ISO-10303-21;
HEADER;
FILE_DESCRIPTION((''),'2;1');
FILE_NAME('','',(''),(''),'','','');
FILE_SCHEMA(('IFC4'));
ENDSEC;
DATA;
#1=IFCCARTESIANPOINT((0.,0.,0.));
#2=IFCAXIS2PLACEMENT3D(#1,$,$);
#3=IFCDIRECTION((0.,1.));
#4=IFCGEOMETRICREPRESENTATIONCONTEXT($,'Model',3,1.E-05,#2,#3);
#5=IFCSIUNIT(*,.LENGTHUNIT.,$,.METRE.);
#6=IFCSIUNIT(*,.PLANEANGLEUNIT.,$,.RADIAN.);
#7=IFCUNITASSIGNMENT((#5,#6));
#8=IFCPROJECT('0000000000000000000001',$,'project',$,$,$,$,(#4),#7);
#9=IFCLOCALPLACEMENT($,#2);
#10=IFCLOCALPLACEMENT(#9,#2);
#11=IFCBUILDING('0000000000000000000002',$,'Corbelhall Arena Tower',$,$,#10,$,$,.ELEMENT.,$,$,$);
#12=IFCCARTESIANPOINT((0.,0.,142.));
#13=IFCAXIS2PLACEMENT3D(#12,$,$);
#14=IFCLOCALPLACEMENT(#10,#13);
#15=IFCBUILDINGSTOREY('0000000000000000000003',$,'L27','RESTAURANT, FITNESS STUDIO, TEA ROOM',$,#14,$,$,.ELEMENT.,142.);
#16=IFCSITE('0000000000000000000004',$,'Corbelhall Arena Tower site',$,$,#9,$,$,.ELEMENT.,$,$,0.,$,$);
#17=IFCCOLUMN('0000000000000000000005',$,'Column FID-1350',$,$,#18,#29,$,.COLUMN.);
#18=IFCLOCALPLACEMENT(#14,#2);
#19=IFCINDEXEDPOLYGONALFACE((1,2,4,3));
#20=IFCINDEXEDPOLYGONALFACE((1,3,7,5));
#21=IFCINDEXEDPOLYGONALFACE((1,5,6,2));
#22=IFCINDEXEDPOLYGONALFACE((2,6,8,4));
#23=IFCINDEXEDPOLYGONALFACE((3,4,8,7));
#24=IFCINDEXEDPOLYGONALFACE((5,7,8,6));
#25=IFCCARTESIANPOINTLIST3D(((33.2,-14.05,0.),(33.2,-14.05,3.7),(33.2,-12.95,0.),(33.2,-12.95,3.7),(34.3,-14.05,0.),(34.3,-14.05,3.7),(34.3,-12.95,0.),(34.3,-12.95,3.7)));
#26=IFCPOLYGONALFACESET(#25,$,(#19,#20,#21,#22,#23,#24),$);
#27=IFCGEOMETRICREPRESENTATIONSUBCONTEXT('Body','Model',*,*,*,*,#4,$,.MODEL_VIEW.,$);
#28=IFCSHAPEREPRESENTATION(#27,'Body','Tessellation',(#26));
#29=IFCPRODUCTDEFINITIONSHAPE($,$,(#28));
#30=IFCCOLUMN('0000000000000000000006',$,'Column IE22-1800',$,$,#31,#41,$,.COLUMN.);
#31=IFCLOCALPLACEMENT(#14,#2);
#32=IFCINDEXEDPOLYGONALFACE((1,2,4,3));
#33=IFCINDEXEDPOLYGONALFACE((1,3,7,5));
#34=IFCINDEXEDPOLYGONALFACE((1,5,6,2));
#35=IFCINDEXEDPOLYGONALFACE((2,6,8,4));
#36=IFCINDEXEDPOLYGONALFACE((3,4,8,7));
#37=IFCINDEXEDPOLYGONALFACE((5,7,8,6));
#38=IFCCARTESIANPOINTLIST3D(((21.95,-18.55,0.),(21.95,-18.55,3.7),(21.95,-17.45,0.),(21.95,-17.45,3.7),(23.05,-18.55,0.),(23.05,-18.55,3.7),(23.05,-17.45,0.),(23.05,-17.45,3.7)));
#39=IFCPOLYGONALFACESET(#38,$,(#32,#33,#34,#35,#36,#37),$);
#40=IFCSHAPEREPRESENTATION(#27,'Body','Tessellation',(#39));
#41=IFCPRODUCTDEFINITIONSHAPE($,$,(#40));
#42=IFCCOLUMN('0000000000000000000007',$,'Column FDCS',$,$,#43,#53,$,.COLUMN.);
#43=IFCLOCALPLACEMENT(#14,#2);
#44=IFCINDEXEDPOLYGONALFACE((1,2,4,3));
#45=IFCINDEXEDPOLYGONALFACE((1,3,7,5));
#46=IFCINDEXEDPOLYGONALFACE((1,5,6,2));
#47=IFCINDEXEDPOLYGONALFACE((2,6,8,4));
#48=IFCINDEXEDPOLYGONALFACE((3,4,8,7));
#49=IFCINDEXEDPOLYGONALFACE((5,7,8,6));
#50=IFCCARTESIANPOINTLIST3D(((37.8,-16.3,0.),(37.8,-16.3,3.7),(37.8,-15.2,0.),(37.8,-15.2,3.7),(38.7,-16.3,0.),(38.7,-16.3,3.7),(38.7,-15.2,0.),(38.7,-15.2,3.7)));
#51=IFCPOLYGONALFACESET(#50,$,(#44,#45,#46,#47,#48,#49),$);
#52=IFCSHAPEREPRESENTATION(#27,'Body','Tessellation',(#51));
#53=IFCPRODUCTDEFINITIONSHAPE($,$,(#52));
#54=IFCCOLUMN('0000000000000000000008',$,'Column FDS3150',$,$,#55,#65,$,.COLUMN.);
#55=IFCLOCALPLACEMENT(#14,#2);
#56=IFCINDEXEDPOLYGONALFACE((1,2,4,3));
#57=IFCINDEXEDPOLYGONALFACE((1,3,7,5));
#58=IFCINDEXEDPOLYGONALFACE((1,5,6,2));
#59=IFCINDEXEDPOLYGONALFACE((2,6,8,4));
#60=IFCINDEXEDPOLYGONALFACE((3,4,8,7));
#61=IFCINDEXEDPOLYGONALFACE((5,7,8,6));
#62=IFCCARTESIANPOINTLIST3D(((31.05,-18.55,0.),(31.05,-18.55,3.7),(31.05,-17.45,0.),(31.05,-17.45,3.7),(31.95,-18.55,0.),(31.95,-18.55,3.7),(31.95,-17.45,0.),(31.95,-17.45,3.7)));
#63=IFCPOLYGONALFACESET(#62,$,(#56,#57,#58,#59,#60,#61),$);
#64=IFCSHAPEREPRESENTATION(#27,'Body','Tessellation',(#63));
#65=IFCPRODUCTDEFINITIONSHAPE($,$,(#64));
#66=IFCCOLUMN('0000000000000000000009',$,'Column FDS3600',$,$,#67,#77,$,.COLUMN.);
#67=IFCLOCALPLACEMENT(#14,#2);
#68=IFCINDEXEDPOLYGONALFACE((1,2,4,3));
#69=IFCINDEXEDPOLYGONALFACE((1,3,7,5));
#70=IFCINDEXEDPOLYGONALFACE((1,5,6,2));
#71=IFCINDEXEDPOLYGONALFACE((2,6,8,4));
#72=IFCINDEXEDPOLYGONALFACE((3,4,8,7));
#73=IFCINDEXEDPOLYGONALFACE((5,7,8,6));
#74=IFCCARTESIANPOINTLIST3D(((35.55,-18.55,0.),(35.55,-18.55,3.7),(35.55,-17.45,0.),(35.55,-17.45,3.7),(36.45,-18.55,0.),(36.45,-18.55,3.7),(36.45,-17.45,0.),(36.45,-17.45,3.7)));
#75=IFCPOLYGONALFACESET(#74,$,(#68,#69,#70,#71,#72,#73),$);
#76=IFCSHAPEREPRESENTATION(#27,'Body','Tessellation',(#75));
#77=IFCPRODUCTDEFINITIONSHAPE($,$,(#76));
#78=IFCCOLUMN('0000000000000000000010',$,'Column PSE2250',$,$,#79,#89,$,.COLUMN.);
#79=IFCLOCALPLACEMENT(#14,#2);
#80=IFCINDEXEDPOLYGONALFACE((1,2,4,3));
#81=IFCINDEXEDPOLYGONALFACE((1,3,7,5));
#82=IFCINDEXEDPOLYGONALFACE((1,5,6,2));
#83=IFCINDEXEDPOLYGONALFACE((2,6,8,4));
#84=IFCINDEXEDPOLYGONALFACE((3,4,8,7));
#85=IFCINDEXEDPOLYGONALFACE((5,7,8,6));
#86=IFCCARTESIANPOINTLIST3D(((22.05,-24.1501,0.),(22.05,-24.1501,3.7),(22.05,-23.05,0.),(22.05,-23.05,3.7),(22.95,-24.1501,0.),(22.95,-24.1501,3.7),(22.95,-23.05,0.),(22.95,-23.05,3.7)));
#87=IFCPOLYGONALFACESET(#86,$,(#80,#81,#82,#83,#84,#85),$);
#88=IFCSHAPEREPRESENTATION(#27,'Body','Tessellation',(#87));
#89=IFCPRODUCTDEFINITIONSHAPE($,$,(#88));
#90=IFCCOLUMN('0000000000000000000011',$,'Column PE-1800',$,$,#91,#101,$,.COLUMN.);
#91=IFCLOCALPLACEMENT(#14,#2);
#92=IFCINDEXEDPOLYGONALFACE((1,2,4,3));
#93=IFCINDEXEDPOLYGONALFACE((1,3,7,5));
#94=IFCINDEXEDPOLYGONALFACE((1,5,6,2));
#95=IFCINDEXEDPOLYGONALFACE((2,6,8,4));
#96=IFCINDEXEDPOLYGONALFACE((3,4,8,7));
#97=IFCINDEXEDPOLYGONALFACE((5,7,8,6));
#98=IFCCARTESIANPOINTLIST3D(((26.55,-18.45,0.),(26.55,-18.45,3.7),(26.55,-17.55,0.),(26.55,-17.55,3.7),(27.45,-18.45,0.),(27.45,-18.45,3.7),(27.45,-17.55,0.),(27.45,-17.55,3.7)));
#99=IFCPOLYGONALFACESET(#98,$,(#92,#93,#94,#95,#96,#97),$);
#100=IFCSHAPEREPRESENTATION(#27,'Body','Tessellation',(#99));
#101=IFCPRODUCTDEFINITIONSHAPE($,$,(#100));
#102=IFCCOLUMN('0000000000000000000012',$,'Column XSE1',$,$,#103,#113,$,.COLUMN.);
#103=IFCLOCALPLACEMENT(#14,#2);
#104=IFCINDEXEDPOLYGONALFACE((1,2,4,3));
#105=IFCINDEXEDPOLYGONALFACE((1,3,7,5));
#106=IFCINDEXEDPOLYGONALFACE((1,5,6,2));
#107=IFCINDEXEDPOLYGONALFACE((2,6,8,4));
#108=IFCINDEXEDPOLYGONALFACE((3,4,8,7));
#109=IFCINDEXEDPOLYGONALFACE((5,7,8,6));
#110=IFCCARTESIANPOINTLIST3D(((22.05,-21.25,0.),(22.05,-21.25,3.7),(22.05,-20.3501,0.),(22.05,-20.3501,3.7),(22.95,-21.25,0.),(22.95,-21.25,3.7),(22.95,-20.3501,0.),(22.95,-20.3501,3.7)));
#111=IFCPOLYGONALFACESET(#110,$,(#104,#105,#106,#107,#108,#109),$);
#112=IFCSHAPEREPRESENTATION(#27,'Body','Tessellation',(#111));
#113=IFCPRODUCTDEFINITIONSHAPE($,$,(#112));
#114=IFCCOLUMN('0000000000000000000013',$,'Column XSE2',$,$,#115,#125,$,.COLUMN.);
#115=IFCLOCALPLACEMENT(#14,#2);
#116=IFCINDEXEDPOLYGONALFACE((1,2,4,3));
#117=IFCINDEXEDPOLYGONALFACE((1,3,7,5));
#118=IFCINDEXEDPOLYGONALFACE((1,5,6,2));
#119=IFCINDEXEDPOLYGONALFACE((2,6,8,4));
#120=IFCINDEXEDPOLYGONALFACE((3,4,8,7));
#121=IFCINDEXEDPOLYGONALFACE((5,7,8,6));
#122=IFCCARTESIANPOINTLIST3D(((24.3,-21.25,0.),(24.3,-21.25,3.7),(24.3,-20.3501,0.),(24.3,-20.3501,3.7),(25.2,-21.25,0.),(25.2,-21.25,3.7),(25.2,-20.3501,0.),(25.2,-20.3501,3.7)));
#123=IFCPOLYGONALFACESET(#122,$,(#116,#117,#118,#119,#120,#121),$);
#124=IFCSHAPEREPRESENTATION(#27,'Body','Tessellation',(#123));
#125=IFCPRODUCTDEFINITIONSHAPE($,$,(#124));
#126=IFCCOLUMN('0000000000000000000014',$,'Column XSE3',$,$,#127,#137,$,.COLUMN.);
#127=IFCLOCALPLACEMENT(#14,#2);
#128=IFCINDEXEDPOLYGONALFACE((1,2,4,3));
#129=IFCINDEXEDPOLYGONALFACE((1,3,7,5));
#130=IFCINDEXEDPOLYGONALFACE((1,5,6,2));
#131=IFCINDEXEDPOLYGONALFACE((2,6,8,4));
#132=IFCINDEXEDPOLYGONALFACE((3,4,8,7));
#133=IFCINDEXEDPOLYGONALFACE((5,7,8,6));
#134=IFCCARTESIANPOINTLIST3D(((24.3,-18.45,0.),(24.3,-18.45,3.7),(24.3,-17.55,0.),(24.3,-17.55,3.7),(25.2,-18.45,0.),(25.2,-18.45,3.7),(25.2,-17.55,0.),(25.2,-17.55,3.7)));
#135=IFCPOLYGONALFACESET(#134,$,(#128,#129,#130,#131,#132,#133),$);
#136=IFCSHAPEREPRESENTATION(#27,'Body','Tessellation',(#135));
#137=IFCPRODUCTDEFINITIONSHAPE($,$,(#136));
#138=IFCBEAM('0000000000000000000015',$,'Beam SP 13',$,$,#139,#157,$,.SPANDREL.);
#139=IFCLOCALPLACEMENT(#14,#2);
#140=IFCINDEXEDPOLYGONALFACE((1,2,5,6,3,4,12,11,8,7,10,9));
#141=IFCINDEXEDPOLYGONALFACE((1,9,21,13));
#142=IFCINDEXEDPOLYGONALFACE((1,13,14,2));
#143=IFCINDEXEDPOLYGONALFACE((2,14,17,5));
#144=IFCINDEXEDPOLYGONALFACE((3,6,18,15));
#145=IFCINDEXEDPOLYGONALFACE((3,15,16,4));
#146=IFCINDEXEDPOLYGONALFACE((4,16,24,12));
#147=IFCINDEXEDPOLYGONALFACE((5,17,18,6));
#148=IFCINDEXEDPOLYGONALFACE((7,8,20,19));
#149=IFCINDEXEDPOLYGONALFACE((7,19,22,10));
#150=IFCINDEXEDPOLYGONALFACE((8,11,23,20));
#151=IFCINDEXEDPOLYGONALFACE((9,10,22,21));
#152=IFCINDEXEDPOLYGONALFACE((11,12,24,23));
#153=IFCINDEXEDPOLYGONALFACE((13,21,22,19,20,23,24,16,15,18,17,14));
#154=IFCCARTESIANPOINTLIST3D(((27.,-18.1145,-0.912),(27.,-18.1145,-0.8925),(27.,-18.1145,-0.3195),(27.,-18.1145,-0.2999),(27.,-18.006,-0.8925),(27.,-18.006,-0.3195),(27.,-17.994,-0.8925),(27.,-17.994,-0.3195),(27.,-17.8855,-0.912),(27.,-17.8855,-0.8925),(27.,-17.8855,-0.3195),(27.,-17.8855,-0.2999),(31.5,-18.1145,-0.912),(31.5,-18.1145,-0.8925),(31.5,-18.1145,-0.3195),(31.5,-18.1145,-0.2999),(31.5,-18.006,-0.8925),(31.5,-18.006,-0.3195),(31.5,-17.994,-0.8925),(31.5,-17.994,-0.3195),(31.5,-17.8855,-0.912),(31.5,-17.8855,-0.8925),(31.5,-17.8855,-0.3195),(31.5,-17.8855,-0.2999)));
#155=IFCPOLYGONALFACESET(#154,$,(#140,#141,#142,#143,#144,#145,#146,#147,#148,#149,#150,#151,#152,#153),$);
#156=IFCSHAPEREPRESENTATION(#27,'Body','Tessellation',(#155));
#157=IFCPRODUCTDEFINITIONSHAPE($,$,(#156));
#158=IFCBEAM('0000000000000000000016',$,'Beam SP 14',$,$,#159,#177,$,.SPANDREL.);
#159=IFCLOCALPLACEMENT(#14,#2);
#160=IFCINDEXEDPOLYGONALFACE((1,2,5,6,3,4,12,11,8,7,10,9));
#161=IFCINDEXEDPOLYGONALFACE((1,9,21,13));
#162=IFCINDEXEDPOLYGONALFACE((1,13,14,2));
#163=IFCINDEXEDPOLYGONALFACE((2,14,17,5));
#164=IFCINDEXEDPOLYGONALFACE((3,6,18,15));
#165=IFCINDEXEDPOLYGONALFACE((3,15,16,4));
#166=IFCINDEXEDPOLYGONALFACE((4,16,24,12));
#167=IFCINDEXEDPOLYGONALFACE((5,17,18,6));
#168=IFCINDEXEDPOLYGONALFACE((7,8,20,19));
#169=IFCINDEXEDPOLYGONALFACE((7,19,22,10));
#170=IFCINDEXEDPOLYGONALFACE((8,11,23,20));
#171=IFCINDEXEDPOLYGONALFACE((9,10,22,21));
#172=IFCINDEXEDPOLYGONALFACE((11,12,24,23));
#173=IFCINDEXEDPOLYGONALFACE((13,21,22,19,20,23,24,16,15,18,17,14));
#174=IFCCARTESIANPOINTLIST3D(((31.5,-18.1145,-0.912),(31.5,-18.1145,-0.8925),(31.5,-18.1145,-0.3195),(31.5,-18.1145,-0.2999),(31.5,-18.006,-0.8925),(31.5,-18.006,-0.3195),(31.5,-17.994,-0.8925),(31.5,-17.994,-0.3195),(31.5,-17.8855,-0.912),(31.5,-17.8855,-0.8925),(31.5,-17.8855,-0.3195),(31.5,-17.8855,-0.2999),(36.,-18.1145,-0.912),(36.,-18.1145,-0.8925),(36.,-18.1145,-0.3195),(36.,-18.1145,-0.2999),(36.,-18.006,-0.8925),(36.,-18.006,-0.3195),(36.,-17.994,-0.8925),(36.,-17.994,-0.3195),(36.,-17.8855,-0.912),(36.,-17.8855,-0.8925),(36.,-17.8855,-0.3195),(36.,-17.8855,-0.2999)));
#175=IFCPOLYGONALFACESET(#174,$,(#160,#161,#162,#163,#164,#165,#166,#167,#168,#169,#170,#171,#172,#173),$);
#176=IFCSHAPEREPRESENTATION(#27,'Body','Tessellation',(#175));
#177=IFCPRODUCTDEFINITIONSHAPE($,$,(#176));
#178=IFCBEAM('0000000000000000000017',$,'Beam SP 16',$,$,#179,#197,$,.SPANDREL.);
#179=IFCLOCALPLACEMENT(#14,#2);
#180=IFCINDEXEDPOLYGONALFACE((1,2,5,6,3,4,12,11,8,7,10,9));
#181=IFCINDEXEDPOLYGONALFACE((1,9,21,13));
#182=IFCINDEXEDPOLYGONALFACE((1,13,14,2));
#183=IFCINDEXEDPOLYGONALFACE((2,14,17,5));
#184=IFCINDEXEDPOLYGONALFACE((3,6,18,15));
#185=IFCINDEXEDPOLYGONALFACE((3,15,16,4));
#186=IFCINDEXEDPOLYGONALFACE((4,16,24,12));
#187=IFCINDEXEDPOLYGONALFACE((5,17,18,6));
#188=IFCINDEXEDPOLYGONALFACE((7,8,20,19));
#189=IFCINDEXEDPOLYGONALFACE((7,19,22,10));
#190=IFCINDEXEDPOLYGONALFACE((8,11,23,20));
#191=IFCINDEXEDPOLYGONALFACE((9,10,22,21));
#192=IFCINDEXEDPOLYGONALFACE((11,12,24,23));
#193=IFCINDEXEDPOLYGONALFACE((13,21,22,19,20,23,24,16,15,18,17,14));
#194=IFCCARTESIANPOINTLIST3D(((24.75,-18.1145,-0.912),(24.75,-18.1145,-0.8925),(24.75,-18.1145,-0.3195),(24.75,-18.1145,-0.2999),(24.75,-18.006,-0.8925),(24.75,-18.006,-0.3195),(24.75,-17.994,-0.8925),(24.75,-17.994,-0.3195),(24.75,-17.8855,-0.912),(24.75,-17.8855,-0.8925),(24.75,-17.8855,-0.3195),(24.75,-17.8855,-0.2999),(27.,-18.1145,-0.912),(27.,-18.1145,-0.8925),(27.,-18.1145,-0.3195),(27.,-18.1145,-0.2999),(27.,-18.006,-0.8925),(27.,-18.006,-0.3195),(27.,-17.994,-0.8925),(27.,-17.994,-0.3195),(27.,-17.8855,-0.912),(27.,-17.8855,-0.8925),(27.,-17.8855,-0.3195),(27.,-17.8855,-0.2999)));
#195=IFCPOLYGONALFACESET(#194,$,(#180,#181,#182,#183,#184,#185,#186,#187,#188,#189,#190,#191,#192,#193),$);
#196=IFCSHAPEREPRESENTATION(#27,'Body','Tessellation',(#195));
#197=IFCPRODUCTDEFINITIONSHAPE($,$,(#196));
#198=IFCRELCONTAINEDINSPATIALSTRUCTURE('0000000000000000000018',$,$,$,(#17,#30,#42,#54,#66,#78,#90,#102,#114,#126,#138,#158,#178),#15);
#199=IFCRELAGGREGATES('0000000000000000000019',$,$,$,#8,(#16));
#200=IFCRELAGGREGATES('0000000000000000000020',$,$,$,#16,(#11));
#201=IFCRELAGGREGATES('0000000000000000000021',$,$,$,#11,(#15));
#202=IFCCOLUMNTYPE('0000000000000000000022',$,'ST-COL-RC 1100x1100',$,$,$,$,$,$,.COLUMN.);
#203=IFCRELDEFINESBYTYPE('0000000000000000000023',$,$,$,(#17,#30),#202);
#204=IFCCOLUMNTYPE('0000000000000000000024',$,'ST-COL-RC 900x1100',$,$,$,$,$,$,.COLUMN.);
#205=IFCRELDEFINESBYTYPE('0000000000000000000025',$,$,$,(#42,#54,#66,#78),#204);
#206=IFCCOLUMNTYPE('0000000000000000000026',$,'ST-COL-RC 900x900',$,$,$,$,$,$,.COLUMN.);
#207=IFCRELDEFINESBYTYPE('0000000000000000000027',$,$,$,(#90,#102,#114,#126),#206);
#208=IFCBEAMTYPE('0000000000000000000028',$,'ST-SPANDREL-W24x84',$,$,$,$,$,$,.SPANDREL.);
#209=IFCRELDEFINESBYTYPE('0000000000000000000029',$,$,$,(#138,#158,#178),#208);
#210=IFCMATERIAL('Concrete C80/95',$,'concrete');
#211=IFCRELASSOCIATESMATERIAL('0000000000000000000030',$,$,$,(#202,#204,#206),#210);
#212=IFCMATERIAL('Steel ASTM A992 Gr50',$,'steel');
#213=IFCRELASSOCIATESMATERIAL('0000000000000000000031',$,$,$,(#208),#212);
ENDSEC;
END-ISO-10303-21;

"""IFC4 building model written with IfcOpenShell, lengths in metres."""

from ifc_helpers import new_model, si_unit, direction, frame, origin, origin_2d, place, context, subcontext, project, spatial, rectangle, i_section, extrude, material, material_profile, profile_set, type_object, element, save


model = new_model("IFC4")

# Units and contexts
model_context = context("Model", 3, precision=1e-05, world=origin(), true_north=direction((0.0, 1.0)))
body_context = subcontext(model_context, "Body", "Model", "MODEL_VIEW")
ifc_project = project(units=[si_unit("LENGTHUNIT", "METRE"), si_unit("PLANEANGLEUNIT", "RADIAN")], contexts=[model_context])

# Site, building, storey
site_placement = place(None, origin())
site = spatial("IfcSite", under=ifc_project, at=site_placement, Name="Corbelhall Arena Tower site", CompositionType="ELEMENT", RefElevation=0.0)
building_placement = place(site_placement, origin())
building = spatial("IfcBuilding", under=site, at=building_placement, Name="Corbelhall Arena Tower", CompositionType="ELEMENT")
storey_placement = place(building_placement, frame((0.0, 0.0, 142.0)))
storey = spatial("IfcBuildingStorey", under=building, at=storey_placement, Name="L27", Description="RESTAURANT, FITNESS STUDIO, TEA ROOM", CompositionType="ELEMENT", Elevation=142.0)

# Columns
ifc_material_1 = material(Name="Concrete C80/95", Category="concrete")
ifc_material_profile_1 = material_profile(ifc_material_1, rectangle(XDim=1.1001, YDim=1.1001, at=origin_2d()))
ifc_profile_set_1 = profile_set([ifc_material_profile_1], Name="Concrete C80/95")
column_type_1 = type_object("IfcColumnType", Name="ST-COL-RC 1100x1100", PredefinedType="COLUMN", material=ifc_profile_set_1)
for number, where, z_axis, x_axis, name in (
    (1, (33.75, -13.5, 0.0), (0.0, 0.0, 1.0), (1.0, 0.0, 0.0), "Column FID-1350"),
    (2, (22.5, -18.0, 0.0), (0.0, 0.0, 1.0), (1.0, 0.0, 0.0), "Column IE22-1800"),
):
    element("IfcColumn", number, at=place(storey_placement, frame(where, z_axis=z_axis, x_axis=x_axis)), inside=storey, type_object=column_type_1, Name=name, PredefinedType="COLUMN", context=body_context, shape_type="SweptSolid", body=[
        extrude(rectangle(XDim=1.1001, YDim=1.1001, at=origin_2d()), origin(), (0.0, 0.0, 1.0), 3.7),
    ])
ifc_material_profile_2 = material_profile(ifc_material_1, rectangle(XDim=0.8999, YDim=1.1001, at=origin_2d()))
ifc_profile_set_2 = profile_set([ifc_material_profile_2], Name="Concrete C80/95")
column_type_2 = type_object("IfcColumnType", Name="ST-COL-RC 900x1100", PredefinedType="COLUMN", material=ifc_profile_set_2)
for number, where, z_axis, x_axis, name in (
    (3, (38.25, -15.75, 0.0), (0.0, 0.0, 1.0), (1.0, 0.0, 0.0), "Column FDCS"),
    (4, (31.5, -18.0, 0.0), (0.0, 0.0, 1.0), (1.0, 0.0, 0.0), "Column FDS3150"),
    (5, (36.0, -18.0, 0.0), (0.0, 0.0, 1.0), (1.0, 0.0, 0.0), "Column FDS3600"),
    (6, (22.5, -23.6001, 0.0), (0.0, 0.0, 1.0), (1.0, 0.0, 0.0), "Column PSE2250"),
):
    element("IfcColumn", number, at=place(storey_placement, frame(where, z_axis=z_axis, x_axis=x_axis)), inside=storey, type_object=column_type_2, Name=name, PredefinedType="COLUMN", context=body_context, shape_type="SweptSolid", body=[
        extrude(rectangle(XDim=0.8999, YDim=1.1001, at=origin_2d()), origin(), (0.0, 0.0, 1.0), 3.7),
    ])
ifc_material_profile_3 = material_profile(ifc_material_1, rectangle(XDim=0.8999, YDim=0.8999, at=origin_2d()))
ifc_profile_set_3 = profile_set([ifc_material_profile_3], Name="Concrete C80/95")
column_type_3 = type_object("IfcColumnType", Name="ST-COL-RC 900x900", PredefinedType="COLUMN", material=ifc_profile_set_3)
for number, where, z_axis, x_axis, name in (
    (7, (27.0, -18.0, 0.0), (0.0, 0.0, 1.0), (1.0, 0.0, 0.0), "Column PE-1800"),
    (8, (22.5, -20.8, 0.0), (0.0, 0.0, 1.0), (1.0, 0.0, 0.0), "Column XSE1"),
    (9, (24.75, -20.8, 0.0), (0.0, 0.0, 1.0), (1.0, 0.0, 0.0), "Column XSE2"),
    (10, (24.75, -18.0, 0.0), (0.0, 0.0, 1.0), (1.0, 0.0, 0.0), "Column XSE3"),
):
    element("IfcColumn", number, at=place(storey_placement, frame(where, z_axis=z_axis, x_axis=x_axis)), inside=storey, type_object=column_type_3, Name=name, PredefinedType="COLUMN", context=body_context, shape_type="SweptSolid", body=[
        extrude(rectangle(XDim=0.8999, YDim=0.8999, at=origin_2d()), origin(), (0.0, 0.0, 1.0), 3.7),
    ])

# Beams
ifc_material_2 = material(Name="Steel ASTM A992 Gr50", Category="steel")
ifc_material_profile_4 = material_profile(ifc_material_2, i_section(OverallWidth=0.229, OverallDepth=0.6121, WebThickness=0.012, FlangeThickness=0.0195, at=origin_2d()))
ifc_profile_set_4 = profile_set([ifc_material_profile_4], Name="Steel ASTM A992 Gr50")
beam_type = type_object("IfcBeamType", Name="ST-SPANDREL-W24x84", PredefinedType="SPANDREL", material=ifc_profile_set_4)
for number, where, z_axis, x_axis, name in (
    (11, (31.5, -18.0, -0.606), (-1.0, 0.0, 0.0), (0.0, -1.0, 0.0), "Beam SP 13"),
    (12, (36.0, -18.0, -0.606), (-1.0, 0.0, 0.0), (0.0, -1.0, 0.0), "Beam SP 14"),
):
    element("IfcBeam", number, at=place(storey_placement, frame(where, z_axis=z_axis, x_axis=x_axis)), inside=storey, type_object=beam_type, Name=name, PredefinedType="SPANDREL", context=body_context, shape_type="SweptSolid", body=[
        extrude(i_section(OverallWidth=0.229, OverallDepth=0.6121, WebThickness=0.012, FlangeThickness=0.0195, at=origin_2d()), origin(), (0.0, 0.0, 1.0), 4.5),
    ])
beam_1_placement = place(storey_placement, frame((27.0, -18.0, -0.606), z_axis=(-1.0, 0.0, 0.0), x_axis=(0.0, -1.0, 0.0)))
element("IfcBeam", 13, at=beam_1_placement, inside=storey, type_object=beam_type, Name="Beam SP 16", PredefinedType="SPANDREL", context=body_context, shape_type="SweptSolid", body=[
    extrude(i_section(OverallWidth=0.229, OverallDepth=0.6121, WebThickness=0.012, FlangeThickness=0.0195, at=origin_2d()), origin(), (0.0, 0.0, 1.0), 2.25),
])

save(model, "model.ifc")
